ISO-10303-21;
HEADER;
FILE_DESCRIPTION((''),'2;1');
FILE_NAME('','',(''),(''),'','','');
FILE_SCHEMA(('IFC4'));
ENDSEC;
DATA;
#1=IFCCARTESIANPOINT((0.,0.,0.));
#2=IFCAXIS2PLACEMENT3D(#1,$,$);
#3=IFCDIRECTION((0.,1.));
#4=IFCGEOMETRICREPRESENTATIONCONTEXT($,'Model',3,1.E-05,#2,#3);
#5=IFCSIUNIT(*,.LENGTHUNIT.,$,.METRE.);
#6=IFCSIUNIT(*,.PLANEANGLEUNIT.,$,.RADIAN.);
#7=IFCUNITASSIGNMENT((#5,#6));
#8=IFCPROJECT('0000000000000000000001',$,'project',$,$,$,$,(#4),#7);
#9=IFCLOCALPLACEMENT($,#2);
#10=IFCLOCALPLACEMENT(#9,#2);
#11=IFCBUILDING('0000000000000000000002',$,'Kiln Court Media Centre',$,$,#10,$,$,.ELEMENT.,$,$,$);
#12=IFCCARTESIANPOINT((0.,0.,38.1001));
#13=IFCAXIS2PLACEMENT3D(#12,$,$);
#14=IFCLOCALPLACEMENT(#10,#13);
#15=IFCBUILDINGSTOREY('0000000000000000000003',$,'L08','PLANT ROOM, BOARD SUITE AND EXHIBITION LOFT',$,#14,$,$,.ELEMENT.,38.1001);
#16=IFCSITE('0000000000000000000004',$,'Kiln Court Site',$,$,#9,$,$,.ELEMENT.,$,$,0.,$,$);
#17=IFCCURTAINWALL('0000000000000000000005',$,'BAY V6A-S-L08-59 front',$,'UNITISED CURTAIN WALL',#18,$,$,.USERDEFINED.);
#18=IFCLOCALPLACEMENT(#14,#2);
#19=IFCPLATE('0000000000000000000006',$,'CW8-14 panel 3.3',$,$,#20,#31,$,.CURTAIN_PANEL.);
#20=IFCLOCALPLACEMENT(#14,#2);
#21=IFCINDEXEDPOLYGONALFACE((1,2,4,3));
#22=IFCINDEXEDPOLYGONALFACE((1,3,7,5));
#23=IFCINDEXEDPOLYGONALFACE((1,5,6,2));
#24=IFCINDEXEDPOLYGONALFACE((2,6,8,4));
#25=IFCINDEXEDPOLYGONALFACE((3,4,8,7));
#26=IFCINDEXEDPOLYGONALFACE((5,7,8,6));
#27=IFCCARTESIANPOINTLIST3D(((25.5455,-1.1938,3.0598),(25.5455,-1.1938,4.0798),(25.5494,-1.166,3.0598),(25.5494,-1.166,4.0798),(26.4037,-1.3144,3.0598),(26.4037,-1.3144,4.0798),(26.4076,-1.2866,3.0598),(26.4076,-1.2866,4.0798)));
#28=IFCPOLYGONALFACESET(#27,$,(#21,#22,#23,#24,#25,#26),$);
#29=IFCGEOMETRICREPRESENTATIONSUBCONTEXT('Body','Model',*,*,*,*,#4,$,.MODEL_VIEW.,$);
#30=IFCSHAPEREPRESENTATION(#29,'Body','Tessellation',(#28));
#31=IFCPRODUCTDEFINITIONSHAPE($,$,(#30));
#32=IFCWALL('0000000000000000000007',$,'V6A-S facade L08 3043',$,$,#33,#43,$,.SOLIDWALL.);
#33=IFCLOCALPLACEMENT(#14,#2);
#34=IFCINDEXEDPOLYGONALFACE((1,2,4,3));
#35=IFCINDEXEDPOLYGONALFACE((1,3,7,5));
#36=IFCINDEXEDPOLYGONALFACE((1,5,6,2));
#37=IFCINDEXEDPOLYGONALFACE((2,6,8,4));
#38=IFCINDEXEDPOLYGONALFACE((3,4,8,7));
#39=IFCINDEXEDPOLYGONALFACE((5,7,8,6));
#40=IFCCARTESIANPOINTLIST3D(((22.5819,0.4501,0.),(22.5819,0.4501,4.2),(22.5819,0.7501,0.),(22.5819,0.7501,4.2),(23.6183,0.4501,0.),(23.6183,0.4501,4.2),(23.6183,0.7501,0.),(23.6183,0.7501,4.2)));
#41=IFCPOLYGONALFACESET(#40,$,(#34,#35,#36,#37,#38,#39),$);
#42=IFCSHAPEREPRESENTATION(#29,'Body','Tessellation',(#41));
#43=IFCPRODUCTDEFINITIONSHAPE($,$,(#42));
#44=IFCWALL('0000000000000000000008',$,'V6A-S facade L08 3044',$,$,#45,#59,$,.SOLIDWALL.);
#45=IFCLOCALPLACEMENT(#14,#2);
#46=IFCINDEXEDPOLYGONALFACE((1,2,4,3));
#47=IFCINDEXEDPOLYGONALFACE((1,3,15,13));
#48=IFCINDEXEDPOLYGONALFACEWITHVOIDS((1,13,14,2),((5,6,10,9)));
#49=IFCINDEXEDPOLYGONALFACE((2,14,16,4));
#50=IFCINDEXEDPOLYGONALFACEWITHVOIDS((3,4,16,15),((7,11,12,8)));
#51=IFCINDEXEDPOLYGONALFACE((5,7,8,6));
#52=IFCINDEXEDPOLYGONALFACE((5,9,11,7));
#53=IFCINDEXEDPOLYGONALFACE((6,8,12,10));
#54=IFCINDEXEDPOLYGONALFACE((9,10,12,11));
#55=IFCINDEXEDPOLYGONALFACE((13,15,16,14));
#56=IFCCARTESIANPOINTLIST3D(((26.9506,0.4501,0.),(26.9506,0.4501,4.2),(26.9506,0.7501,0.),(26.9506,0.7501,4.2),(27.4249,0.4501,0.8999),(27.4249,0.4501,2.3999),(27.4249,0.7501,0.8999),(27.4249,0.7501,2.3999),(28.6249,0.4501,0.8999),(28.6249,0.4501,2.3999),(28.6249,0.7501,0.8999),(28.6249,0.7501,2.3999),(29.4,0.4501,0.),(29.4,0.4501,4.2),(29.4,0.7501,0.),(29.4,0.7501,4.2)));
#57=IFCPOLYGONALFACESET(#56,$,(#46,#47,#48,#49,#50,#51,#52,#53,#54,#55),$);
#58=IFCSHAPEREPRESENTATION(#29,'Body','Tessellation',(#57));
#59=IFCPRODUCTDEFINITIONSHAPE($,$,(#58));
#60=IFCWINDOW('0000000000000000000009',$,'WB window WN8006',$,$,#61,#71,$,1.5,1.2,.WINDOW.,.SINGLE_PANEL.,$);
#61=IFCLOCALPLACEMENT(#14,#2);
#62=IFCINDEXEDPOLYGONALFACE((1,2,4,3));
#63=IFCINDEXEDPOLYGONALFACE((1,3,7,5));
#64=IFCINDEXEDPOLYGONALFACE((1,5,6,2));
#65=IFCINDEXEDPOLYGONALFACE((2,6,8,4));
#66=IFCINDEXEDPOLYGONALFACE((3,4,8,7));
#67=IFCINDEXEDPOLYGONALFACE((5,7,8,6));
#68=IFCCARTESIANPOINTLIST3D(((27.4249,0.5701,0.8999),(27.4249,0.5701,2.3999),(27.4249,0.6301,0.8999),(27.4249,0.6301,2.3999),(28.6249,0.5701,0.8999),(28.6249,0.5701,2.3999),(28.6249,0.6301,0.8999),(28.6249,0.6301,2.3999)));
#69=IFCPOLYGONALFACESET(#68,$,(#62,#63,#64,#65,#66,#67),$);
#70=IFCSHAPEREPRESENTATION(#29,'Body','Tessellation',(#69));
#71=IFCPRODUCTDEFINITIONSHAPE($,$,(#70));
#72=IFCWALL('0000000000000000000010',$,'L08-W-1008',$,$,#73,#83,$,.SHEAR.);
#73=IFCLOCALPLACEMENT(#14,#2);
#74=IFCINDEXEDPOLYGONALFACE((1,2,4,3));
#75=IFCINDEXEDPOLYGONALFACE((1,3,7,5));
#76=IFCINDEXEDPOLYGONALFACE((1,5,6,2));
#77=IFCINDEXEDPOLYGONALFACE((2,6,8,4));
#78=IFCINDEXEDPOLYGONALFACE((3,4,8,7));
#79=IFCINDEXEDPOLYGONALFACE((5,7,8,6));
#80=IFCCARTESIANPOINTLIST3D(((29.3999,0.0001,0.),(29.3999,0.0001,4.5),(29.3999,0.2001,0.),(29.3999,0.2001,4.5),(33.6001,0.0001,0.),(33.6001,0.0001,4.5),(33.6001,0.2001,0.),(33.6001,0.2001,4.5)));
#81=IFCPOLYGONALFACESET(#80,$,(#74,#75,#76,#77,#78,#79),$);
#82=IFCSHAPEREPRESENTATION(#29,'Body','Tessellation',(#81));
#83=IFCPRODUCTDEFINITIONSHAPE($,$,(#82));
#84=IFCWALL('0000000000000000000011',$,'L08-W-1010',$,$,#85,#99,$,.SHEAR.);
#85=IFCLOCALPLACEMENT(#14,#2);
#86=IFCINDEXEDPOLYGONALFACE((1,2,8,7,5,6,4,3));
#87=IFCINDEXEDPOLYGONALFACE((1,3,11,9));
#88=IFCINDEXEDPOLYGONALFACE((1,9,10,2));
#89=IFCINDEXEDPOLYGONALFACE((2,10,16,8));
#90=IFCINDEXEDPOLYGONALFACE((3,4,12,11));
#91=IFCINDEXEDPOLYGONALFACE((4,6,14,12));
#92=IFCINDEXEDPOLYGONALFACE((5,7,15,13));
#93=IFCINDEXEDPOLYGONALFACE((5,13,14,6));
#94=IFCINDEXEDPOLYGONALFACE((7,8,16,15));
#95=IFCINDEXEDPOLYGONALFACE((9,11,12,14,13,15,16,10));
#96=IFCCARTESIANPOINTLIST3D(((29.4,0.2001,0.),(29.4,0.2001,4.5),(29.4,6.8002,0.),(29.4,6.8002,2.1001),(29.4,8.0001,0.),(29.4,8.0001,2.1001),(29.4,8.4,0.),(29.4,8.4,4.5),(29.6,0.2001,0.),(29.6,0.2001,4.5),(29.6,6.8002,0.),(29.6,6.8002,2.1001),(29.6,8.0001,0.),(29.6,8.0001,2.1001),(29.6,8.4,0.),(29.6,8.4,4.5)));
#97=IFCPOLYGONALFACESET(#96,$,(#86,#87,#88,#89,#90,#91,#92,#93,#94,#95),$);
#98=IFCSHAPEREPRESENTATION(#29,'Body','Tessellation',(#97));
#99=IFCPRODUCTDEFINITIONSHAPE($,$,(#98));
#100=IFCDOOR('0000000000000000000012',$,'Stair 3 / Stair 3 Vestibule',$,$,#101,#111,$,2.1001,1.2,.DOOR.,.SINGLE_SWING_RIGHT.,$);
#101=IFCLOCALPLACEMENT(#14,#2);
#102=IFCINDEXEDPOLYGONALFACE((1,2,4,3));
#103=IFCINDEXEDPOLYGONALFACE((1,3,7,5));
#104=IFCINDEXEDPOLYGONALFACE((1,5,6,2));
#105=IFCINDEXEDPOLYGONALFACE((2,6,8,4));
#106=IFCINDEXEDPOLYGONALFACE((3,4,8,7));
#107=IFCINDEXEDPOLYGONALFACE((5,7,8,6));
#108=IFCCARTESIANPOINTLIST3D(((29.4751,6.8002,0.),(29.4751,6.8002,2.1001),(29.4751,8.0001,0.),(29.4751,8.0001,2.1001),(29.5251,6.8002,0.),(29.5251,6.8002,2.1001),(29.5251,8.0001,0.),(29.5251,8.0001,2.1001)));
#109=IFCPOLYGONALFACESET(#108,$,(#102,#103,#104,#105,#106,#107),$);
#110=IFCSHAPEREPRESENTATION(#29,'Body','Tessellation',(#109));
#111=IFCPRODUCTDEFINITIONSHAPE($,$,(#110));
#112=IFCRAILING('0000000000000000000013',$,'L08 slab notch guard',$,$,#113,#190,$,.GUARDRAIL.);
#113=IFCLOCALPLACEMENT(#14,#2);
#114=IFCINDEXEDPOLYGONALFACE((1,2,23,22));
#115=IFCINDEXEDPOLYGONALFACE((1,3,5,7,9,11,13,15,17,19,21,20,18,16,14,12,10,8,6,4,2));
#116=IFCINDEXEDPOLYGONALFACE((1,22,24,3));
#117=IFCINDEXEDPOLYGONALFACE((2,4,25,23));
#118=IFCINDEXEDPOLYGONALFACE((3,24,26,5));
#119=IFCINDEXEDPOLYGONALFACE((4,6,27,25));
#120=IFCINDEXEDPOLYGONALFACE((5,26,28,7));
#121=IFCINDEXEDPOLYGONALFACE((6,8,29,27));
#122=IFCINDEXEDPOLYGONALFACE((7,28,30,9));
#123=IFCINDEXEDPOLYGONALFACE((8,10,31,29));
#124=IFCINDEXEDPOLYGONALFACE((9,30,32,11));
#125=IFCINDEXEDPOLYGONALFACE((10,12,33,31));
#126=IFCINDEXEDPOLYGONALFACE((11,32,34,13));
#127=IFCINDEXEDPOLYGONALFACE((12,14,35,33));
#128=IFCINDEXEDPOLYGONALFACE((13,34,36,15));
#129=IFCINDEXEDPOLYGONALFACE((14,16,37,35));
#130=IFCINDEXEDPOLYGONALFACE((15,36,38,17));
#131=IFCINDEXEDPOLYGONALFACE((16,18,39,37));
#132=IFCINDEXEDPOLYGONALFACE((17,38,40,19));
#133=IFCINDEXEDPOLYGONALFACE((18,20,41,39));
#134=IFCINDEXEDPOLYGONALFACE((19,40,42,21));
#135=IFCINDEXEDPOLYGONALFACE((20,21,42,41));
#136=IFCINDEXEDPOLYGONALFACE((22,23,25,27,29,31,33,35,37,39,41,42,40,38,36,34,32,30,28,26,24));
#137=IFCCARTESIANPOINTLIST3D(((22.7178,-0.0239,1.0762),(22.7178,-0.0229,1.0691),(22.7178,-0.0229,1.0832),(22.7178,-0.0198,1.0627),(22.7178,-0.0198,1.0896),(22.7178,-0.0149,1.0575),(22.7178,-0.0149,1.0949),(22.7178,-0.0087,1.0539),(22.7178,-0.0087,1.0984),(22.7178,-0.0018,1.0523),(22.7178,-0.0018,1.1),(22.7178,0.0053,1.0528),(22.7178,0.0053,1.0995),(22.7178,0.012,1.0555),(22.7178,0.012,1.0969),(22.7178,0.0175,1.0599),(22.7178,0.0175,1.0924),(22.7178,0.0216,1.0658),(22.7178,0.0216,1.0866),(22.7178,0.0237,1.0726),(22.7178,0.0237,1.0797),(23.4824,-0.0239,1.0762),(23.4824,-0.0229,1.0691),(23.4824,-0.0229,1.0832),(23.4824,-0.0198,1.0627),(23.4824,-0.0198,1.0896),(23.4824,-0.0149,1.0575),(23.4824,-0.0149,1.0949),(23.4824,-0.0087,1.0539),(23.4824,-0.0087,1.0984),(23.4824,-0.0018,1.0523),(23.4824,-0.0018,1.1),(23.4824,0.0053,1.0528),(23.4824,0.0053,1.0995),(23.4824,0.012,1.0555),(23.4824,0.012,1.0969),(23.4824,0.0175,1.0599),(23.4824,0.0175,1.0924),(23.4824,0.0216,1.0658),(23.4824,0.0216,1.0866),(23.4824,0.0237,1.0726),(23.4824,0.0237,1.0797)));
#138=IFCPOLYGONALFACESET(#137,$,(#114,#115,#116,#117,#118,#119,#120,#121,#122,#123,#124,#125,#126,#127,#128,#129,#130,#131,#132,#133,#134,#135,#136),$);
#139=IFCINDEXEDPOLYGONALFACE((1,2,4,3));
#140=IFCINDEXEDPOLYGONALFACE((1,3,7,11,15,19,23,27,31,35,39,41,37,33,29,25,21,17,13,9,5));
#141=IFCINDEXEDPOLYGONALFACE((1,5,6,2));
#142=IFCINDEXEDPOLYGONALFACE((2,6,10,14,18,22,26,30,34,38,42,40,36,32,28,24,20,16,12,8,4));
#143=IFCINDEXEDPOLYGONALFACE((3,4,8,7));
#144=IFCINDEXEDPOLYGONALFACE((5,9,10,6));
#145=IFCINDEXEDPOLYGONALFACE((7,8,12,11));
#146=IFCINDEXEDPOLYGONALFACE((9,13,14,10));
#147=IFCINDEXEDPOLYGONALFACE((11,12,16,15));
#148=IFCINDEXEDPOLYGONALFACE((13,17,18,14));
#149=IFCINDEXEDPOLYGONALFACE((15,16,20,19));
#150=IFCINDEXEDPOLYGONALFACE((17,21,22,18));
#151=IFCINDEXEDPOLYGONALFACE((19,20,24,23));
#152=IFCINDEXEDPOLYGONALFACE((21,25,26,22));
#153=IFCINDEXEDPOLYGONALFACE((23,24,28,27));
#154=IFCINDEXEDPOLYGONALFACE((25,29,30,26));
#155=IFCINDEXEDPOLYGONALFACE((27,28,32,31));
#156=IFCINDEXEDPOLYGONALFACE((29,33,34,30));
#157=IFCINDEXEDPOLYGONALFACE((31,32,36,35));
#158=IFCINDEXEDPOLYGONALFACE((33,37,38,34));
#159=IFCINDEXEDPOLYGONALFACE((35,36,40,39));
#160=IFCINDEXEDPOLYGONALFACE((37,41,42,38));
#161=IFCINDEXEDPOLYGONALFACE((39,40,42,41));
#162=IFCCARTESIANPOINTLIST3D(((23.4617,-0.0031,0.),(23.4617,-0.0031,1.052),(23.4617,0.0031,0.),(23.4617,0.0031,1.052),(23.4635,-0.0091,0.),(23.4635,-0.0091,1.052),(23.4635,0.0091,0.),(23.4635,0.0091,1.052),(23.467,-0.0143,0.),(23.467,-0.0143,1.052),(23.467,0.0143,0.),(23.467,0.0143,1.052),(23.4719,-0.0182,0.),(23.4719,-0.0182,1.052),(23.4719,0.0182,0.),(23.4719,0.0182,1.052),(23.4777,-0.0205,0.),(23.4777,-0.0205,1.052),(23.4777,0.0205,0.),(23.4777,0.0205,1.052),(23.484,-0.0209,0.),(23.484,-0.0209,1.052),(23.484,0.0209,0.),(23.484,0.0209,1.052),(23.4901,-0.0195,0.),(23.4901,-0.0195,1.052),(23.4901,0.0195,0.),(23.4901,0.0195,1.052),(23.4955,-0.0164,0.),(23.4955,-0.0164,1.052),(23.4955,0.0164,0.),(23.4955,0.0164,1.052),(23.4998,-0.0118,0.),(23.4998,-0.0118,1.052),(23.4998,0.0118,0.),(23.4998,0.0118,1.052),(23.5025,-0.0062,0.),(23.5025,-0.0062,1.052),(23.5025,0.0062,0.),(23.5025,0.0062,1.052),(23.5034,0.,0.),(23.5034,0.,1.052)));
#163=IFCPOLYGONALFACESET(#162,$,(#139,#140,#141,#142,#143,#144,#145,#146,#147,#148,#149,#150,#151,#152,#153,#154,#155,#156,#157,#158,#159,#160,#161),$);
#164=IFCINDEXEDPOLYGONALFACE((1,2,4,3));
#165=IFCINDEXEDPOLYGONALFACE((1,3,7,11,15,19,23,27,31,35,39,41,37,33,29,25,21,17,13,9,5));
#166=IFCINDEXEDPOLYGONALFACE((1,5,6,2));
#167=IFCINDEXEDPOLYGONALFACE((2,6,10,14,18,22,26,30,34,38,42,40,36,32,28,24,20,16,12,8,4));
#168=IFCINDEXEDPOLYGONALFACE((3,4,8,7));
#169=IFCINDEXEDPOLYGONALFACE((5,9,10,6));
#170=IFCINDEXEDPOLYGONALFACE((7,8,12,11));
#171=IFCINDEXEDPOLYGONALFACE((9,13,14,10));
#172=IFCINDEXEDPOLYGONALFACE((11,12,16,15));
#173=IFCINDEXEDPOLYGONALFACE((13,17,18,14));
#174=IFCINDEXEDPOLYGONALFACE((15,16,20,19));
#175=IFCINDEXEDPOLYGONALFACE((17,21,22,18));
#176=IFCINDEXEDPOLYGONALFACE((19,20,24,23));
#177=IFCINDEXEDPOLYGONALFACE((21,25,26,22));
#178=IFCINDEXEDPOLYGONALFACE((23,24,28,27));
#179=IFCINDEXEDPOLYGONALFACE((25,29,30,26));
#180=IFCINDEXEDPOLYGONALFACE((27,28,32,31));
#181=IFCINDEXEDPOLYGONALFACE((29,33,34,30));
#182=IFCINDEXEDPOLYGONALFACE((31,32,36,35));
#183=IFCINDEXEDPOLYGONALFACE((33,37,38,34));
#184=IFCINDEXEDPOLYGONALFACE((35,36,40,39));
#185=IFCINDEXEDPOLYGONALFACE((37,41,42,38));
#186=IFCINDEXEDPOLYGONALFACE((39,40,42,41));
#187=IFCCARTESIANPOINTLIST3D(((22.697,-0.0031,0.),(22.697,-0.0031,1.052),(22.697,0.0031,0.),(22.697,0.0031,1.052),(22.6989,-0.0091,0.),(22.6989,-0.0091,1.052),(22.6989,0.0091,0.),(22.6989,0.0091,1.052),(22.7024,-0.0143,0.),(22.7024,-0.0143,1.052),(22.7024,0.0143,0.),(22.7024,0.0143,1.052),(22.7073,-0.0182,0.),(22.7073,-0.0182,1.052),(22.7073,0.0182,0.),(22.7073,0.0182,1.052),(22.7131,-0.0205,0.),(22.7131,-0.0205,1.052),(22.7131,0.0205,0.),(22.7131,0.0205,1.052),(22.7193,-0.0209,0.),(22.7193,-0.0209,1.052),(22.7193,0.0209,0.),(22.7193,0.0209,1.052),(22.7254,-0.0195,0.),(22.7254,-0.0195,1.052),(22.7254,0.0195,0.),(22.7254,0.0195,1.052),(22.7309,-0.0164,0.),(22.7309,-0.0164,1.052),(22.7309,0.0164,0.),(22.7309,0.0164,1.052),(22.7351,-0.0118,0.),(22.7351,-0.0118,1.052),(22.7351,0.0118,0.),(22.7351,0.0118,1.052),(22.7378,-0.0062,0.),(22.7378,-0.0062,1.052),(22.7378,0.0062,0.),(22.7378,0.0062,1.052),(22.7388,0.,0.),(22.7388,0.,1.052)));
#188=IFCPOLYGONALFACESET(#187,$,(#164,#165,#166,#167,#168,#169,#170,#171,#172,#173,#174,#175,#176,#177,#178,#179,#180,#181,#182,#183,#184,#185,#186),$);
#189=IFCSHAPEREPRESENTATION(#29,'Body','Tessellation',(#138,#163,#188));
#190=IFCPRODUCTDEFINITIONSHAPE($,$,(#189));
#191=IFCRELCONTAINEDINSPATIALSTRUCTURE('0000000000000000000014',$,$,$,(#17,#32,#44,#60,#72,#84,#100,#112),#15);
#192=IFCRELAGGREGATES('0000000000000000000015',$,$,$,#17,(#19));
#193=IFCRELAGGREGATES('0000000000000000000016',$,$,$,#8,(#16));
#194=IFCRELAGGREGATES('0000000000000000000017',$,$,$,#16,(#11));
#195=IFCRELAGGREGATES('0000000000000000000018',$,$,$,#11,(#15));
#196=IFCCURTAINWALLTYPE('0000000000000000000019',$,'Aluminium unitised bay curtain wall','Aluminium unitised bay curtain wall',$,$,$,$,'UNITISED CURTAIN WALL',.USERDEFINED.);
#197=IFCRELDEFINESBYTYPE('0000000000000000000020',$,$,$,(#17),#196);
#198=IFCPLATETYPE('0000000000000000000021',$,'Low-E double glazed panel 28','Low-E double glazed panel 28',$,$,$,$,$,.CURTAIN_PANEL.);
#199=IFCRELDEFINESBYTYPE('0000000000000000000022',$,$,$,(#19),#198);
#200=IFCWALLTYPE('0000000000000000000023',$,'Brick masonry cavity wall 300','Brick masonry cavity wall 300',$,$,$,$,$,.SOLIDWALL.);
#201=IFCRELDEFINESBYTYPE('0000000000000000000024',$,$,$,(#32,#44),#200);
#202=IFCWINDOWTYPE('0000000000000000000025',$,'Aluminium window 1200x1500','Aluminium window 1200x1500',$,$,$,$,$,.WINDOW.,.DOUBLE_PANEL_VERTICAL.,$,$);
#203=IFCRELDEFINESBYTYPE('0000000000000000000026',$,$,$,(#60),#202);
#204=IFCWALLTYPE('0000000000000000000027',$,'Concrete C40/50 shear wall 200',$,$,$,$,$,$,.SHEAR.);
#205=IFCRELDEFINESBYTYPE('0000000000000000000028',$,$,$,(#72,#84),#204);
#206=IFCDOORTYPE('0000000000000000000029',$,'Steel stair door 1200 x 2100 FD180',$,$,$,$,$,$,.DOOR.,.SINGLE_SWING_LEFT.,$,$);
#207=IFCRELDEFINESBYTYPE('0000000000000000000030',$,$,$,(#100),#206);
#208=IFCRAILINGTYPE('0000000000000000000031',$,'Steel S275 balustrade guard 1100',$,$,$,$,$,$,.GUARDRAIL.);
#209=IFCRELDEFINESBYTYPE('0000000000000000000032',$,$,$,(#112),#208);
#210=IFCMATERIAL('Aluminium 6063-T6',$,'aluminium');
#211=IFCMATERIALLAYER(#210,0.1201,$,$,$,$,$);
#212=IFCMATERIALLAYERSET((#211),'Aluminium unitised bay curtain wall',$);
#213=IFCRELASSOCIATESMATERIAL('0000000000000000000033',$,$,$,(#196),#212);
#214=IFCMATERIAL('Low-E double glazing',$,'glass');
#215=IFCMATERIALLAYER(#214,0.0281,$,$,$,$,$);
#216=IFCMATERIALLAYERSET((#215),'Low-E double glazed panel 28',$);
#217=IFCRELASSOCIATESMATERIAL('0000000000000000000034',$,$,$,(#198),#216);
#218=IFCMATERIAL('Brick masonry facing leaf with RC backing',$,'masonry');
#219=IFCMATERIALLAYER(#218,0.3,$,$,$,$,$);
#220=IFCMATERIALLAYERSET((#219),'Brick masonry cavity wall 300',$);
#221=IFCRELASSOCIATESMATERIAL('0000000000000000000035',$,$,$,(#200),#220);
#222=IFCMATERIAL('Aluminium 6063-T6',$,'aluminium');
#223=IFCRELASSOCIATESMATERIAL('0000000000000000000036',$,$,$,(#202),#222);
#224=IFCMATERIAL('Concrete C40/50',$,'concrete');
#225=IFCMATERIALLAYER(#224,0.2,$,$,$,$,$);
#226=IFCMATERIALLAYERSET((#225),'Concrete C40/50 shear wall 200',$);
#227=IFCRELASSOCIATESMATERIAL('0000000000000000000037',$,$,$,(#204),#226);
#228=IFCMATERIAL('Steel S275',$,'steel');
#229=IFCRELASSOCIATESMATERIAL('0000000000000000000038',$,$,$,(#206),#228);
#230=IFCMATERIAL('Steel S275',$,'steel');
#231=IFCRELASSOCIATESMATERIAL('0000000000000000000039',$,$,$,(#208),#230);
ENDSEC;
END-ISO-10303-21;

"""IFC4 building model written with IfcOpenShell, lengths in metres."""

from ifc_helpers import new_model, si_unit, direction, frame, frame_2d, origin, origin_2d, place, context, subcontext, project, spatial, rectangle, circle, extrude, material, layer, layer_set, type_object, element, fill, aggregate, save


model = new_model("IFC4")

# Units and contexts
model_context = context("Model", 3, precision=1e-05, world=origin(), true_north=direction((0.0, 1.0)))
body_context = subcontext(model_context, "Body", "Model", "MODEL_VIEW")
ifc_project = project(units=[si_unit("LENGTHUNIT", "METRE"), si_unit("PLANEANGLEUNIT", "RADIAN")], contexts=[model_context])

# Site, building, storey
site_placement = place(None, origin())
site = spatial("IfcSite", under=ifc_project, at=site_placement, Name="Kiln Court Site", CompositionType="ELEMENT", RefElevation=0.0)
building_placement = place(site_placement, origin())
building = spatial("IfcBuilding", under=site, at=building_placement, Name="Kiln Court Media Centre", CompositionType="ELEMENT")
storey_placement = place(building_placement, frame((0.0, 0.0, 38.1001)))
storey = spatial("IfcBuildingStorey", under=building, at=storey_placement, Name="L08", Description="PLANT ROOM, BOARD SUITE AND EXHIBITION LOFT", CompositionType="ELEMENT", Elevation=38.1001)

# Shared definitions
ifc_material_1 = material(Name="Aluminium 6063-T6", Category="aluminium")
ifc_layer_1 = layer(ifc_material_1, 0.1201)
ifc_layer_set_1 = layer_set([ifc_layer_1], Name="Aluminium unitised bay curtain wall")
curtain_wall_type = type_object("IfcCurtainWallType", Name="Aluminium unitised bay curtain wall", Description="Aluminium unitised bay curtain wall", ElementType="UNITISED CURTAIN WALL", PredefinedType="USERDEFINED", material=ifc_layer_set_1)

# Curtain wall
curtain_wall_1_placement = place(storey_placement, origin())
curtain_wall_1 = element("IfcCurtainWall", 1, at=curtain_wall_1_placement, inside=storey, type_object=curtain_wall_type, Name="BAY V6A-S-L08-59 front", ObjectType="UNITISED CURTAIN WALL", PredefinedType="USERDEFINED")

# Plate
ifc_material_2 = material(Name="Low-E double glazing", Category="glass")
ifc_layer_2 = layer(ifc_material_2, 0.0281)
ifc_layer_set_2 = layer_set([ifc_layer_2], Name="Low-E double glazed panel 28")
plate_type_1 = type_object("IfcPlateType", Name="Low-E double glazed panel 28", Description="Low-E double glazed panel 28", PredefinedType="CURTAIN_PANEL", material=ifc_layer_set_2)
plate_1_placement = place(storey_placement, frame((25.9766, -1.2402, 3.0598), z_axis=(0.0, 0.0, 1.0), x_axis=(0.99027, -0.139162, 0.0)))
plate_1 = element("IfcPlate", 2, at=plate_1_placement, type_object=plate_type_1, Name="CW8-14 panel 3.3", PredefinedType="CURTAIN_PANEL", context=body_context, shape_type="SweptSolid", body=[
    extrude(rectangle(XDim=0.8667, YDim=0.0281, at=origin_2d()), origin(), (0.0, 0.0, 1.0), 1.02),
])
aggregate(curtain_wall_1, [plate_1])

# Wall
ifc_material_3 = material(Name="Brick masonry facing leaf with RC backing", Category="masonry")
ifc_layer_3 = layer(ifc_material_3, 0.3)
ifc_layer_set_3 = layer_set([ifc_layer_3], Name="Brick masonry cavity wall 300")
wall_type_1 = type_object("IfcWallType", Name="Brick masonry cavity wall 300", Description="Brick masonry cavity wall 300", PredefinedType="SOLIDWALL", material=ifc_layer_set_3)
wall_1_placement = place(storey_placement, frame((23.6182, 0.6001, 0.0), z_axis=(0.0, 0.0, 1.0), x_axis=(-1.0, 0.0, 0.0)))
element("IfcWall", 3, at=wall_1_placement, inside=storey, type_object=wall_type_1, Name="V6A-S facade L08 3043", PredefinedType="SOLIDWALL", context=body_context, shape_type="SweptSolid", body=[
    extrude(rectangle(XDim=1.0364, YDim=0.3, at=frame_2d((0.5181, 0.0))), origin(), (0.0, 0.0, 1.0), 4.2),
])

# Wall, opening, window
wall_2_placement = place(storey_placement, frame((29.3999, 0.6001, 0.0), z_axis=(0.0, 0.0, 1.0), x_axis=(-1.0, 0.0, 0.0)))
wall_2 = element("IfcWall", 4, at=wall_2_placement, inside=storey, type_object=wall_type_1, Name="V6A-S facade L08 3044", PredefinedType="SOLIDWALL", context=body_context, shape_type="SweptSolid", body=[
    extrude(rectangle(XDim=2.4495, YDim=0.3, at=frame_2d((1.2246, 0.0))), origin(), (0.0, 0.0, 1.0), 4.2),
])
opening_1_placement = place(wall_2_placement, frame((0.7749, 0.0, 0.8999)))
opening_1 = element("IfcOpeningElement", 5, at=opening_1_placement, cuts=wall_2, PredefinedType="OPENING", context=body_context, shape_type="SweptSolid", body=[
    extrude(rectangle(XDim=1.2, YDim=1.5, at=frame_2d((0.6001, 0.75))), frame((0.0, 0.1599, 0.0), z_axis=(0.0, -1.0, 0.0), x_axis=(1.0, 0.0, 0.0)), (0.0, 0.0, 1.0), 0.3201),
])
ifc_material_4 = material(Name="Aluminium 6063-T6", Category="aluminium")
window_type = type_object("IfcWindowType", Name="Aluminium window 1200x1500", Description="Aluminium window 1200x1500", PartitioningType="DOUBLE_PANEL_VERTICAL", PredefinedType="WINDOW", material=ifc_material_4)
window_placement = place(opening_1_placement, origin())
window = element("IfcWindow", 6, at=window_placement, inside=storey, type_object=window_type, Name="WB window WN8006", OverallHeight=1.5, OverallWidth=1.2, PartitioningType="SINGLE_PANEL", PredefinedType="WINDOW", context=body_context, shape_type="SweptSolid", body=[
    extrude(rectangle(XDim=1.2, YDim=1.5, at=frame_2d((0.6001, 0.75))), frame((0.0, 0.03, 0.0), z_axis=(0.0, -1.0, 0.0), x_axis=(1.0, 0.0, 0.0)), (0.0, 0.0, 1.0), 0.0601),
])
fill(opening_1, window)

# Wall
ifc_material_5 = material(Name="Concrete C40/50", Category="concrete")
ifc_layer_4 = layer(ifc_material_5, 0.2)
ifc_layer_set_4 = layer_set([ifc_layer_4], Name="Concrete C40/50 shear wall 200")
wall_type_2 = type_object("IfcWallType", Name="Concrete C40/50 shear wall 200", PredefinedType="SHEAR", material=ifc_layer_set_4)
wall_3_placement = place(storey_placement, frame((33.6001, 0.1001, 0.0), z_axis=(0.0, 0.0, 1.0), x_axis=(-1.0, 0.0, 0.0)))
element("IfcWall", 7, at=wall_3_placement, inside=storey, type_object=wall_type_2, Name="L08-W-1008", PredefinedType="SHEAR", context=body_context, shape_type="SweptSolid", body=[
    extrude(rectangle(XDim=4.2002, YDim=0.2, at=frame_2d((2.1001, 0.0))), origin(), (0.0, 0.0, 1.0), 4.5),
])

# Wall, opening, door
wall_4_placement = place(storey_placement, frame((29.5, 0.2, 0.0), z_axis=(0.0, 0.0, 1.0), x_axis=(0.0, 1.0, 0.0)))
wall_4 = element("IfcWall", 8, at=wall_4_placement, inside=storey, type_object=wall_type_2, Name="L08-W-1010", PredefinedType="SHEAR", context=body_context, shape_type="SweptSolid", body=[
    extrude(rectangle(XDim=8.2, YDim=0.2, at=frame_2d((4.1001, 0.0))), origin(), (0.0, 0.0, 1.0), 4.5),
])
opening_2_placement = place(wall_4_placement, frame((6.6001, 0.0, 0.0)))
opening_2 = element("IfcOpeningElement", 9, at=opening_2_placement, cuts=wall_4, PredefinedType="OPENING", context=body_context, shape_type="SweptSolid", body=[
    extrude(rectangle(XDim=1.2, YDim=2.1001, at=frame_2d((0.6001, 1.05))), frame((0.0, 0.1099, 0.0), z_axis=(0.0, -1.0, 0.0), x_axis=(1.0, 0.0, 0.0)), (0.0, 0.0, 1.0), 0.22),
])
ifc_material_6 = material(Name="Steel S275", Category="steel")
door_type = type_object("IfcDoorType", Name="Steel stair door 1200 x 2100 FD180", OperationType="SINGLE_SWING_LEFT", PredefinedType="DOOR", material=ifc_material_6)
door_placement = place(opening_2_placement, origin())
door = element("IfcDoor", 10, at=door_placement, inside=storey, type_object=door_type, Name="Stair 3 / Stair 3 Vestibule", OperationType="SINGLE_SWING_RIGHT", OverallHeight=2.1001, OverallWidth=1.2, PredefinedType="DOOR", context=body_context, shape_type="SweptSolid", body=[
    extrude(rectangle(XDim=1.2, YDim=2.1001, at=frame_2d((0.6001, 1.05))), frame((0.0, 0.0249, 0.0), z_axis=(0.0, -1.0, 0.0), x_axis=(1.0, 0.0, 0.0)), (0.0, 0.0, 1.0), 0.05),
])
fill(opening_2, door)

# Railing
ifc_material_7 = material(Name="Steel S275", Category="steel")
railing_type = type_object("IfcRailingType", Name="Steel S275 balustrade guard 1100", PredefinedType="GUARDRAIL", material=ifc_material_7)
railing_placement = place(storey_placement, frame((23.4824, 0.0, 0.0)))
element("IfcRailing", 11, at=railing_placement, inside=storey, type_object=railing_type, Name="L08 slab notch guard", PredefinedType="GUARDRAIL", context=body_context, shape_type="SweptSolid", body=[
    extrude(circle(Radius=0.0239, at=origin_2d()), frame((0.0, 0.0, 1.0762), z_axis=(-1.0, 0.0, 0.0), x_axis=(0.0, -1.0, 0.0)), (0.0, 0.0, 1.0), 0.7646),
    extrude(circle(Radius=0.021, at=origin_2d()), origin(), (0.0, 0.0, 1.0), 1.052),
    extrude(circle(Radius=0.021, at=origin_2d()), frame((-0.7646, 0.0, 0.0)), (0.0, 0.0, 1.0), 1.052),
])

save(model, "model.ifc")
